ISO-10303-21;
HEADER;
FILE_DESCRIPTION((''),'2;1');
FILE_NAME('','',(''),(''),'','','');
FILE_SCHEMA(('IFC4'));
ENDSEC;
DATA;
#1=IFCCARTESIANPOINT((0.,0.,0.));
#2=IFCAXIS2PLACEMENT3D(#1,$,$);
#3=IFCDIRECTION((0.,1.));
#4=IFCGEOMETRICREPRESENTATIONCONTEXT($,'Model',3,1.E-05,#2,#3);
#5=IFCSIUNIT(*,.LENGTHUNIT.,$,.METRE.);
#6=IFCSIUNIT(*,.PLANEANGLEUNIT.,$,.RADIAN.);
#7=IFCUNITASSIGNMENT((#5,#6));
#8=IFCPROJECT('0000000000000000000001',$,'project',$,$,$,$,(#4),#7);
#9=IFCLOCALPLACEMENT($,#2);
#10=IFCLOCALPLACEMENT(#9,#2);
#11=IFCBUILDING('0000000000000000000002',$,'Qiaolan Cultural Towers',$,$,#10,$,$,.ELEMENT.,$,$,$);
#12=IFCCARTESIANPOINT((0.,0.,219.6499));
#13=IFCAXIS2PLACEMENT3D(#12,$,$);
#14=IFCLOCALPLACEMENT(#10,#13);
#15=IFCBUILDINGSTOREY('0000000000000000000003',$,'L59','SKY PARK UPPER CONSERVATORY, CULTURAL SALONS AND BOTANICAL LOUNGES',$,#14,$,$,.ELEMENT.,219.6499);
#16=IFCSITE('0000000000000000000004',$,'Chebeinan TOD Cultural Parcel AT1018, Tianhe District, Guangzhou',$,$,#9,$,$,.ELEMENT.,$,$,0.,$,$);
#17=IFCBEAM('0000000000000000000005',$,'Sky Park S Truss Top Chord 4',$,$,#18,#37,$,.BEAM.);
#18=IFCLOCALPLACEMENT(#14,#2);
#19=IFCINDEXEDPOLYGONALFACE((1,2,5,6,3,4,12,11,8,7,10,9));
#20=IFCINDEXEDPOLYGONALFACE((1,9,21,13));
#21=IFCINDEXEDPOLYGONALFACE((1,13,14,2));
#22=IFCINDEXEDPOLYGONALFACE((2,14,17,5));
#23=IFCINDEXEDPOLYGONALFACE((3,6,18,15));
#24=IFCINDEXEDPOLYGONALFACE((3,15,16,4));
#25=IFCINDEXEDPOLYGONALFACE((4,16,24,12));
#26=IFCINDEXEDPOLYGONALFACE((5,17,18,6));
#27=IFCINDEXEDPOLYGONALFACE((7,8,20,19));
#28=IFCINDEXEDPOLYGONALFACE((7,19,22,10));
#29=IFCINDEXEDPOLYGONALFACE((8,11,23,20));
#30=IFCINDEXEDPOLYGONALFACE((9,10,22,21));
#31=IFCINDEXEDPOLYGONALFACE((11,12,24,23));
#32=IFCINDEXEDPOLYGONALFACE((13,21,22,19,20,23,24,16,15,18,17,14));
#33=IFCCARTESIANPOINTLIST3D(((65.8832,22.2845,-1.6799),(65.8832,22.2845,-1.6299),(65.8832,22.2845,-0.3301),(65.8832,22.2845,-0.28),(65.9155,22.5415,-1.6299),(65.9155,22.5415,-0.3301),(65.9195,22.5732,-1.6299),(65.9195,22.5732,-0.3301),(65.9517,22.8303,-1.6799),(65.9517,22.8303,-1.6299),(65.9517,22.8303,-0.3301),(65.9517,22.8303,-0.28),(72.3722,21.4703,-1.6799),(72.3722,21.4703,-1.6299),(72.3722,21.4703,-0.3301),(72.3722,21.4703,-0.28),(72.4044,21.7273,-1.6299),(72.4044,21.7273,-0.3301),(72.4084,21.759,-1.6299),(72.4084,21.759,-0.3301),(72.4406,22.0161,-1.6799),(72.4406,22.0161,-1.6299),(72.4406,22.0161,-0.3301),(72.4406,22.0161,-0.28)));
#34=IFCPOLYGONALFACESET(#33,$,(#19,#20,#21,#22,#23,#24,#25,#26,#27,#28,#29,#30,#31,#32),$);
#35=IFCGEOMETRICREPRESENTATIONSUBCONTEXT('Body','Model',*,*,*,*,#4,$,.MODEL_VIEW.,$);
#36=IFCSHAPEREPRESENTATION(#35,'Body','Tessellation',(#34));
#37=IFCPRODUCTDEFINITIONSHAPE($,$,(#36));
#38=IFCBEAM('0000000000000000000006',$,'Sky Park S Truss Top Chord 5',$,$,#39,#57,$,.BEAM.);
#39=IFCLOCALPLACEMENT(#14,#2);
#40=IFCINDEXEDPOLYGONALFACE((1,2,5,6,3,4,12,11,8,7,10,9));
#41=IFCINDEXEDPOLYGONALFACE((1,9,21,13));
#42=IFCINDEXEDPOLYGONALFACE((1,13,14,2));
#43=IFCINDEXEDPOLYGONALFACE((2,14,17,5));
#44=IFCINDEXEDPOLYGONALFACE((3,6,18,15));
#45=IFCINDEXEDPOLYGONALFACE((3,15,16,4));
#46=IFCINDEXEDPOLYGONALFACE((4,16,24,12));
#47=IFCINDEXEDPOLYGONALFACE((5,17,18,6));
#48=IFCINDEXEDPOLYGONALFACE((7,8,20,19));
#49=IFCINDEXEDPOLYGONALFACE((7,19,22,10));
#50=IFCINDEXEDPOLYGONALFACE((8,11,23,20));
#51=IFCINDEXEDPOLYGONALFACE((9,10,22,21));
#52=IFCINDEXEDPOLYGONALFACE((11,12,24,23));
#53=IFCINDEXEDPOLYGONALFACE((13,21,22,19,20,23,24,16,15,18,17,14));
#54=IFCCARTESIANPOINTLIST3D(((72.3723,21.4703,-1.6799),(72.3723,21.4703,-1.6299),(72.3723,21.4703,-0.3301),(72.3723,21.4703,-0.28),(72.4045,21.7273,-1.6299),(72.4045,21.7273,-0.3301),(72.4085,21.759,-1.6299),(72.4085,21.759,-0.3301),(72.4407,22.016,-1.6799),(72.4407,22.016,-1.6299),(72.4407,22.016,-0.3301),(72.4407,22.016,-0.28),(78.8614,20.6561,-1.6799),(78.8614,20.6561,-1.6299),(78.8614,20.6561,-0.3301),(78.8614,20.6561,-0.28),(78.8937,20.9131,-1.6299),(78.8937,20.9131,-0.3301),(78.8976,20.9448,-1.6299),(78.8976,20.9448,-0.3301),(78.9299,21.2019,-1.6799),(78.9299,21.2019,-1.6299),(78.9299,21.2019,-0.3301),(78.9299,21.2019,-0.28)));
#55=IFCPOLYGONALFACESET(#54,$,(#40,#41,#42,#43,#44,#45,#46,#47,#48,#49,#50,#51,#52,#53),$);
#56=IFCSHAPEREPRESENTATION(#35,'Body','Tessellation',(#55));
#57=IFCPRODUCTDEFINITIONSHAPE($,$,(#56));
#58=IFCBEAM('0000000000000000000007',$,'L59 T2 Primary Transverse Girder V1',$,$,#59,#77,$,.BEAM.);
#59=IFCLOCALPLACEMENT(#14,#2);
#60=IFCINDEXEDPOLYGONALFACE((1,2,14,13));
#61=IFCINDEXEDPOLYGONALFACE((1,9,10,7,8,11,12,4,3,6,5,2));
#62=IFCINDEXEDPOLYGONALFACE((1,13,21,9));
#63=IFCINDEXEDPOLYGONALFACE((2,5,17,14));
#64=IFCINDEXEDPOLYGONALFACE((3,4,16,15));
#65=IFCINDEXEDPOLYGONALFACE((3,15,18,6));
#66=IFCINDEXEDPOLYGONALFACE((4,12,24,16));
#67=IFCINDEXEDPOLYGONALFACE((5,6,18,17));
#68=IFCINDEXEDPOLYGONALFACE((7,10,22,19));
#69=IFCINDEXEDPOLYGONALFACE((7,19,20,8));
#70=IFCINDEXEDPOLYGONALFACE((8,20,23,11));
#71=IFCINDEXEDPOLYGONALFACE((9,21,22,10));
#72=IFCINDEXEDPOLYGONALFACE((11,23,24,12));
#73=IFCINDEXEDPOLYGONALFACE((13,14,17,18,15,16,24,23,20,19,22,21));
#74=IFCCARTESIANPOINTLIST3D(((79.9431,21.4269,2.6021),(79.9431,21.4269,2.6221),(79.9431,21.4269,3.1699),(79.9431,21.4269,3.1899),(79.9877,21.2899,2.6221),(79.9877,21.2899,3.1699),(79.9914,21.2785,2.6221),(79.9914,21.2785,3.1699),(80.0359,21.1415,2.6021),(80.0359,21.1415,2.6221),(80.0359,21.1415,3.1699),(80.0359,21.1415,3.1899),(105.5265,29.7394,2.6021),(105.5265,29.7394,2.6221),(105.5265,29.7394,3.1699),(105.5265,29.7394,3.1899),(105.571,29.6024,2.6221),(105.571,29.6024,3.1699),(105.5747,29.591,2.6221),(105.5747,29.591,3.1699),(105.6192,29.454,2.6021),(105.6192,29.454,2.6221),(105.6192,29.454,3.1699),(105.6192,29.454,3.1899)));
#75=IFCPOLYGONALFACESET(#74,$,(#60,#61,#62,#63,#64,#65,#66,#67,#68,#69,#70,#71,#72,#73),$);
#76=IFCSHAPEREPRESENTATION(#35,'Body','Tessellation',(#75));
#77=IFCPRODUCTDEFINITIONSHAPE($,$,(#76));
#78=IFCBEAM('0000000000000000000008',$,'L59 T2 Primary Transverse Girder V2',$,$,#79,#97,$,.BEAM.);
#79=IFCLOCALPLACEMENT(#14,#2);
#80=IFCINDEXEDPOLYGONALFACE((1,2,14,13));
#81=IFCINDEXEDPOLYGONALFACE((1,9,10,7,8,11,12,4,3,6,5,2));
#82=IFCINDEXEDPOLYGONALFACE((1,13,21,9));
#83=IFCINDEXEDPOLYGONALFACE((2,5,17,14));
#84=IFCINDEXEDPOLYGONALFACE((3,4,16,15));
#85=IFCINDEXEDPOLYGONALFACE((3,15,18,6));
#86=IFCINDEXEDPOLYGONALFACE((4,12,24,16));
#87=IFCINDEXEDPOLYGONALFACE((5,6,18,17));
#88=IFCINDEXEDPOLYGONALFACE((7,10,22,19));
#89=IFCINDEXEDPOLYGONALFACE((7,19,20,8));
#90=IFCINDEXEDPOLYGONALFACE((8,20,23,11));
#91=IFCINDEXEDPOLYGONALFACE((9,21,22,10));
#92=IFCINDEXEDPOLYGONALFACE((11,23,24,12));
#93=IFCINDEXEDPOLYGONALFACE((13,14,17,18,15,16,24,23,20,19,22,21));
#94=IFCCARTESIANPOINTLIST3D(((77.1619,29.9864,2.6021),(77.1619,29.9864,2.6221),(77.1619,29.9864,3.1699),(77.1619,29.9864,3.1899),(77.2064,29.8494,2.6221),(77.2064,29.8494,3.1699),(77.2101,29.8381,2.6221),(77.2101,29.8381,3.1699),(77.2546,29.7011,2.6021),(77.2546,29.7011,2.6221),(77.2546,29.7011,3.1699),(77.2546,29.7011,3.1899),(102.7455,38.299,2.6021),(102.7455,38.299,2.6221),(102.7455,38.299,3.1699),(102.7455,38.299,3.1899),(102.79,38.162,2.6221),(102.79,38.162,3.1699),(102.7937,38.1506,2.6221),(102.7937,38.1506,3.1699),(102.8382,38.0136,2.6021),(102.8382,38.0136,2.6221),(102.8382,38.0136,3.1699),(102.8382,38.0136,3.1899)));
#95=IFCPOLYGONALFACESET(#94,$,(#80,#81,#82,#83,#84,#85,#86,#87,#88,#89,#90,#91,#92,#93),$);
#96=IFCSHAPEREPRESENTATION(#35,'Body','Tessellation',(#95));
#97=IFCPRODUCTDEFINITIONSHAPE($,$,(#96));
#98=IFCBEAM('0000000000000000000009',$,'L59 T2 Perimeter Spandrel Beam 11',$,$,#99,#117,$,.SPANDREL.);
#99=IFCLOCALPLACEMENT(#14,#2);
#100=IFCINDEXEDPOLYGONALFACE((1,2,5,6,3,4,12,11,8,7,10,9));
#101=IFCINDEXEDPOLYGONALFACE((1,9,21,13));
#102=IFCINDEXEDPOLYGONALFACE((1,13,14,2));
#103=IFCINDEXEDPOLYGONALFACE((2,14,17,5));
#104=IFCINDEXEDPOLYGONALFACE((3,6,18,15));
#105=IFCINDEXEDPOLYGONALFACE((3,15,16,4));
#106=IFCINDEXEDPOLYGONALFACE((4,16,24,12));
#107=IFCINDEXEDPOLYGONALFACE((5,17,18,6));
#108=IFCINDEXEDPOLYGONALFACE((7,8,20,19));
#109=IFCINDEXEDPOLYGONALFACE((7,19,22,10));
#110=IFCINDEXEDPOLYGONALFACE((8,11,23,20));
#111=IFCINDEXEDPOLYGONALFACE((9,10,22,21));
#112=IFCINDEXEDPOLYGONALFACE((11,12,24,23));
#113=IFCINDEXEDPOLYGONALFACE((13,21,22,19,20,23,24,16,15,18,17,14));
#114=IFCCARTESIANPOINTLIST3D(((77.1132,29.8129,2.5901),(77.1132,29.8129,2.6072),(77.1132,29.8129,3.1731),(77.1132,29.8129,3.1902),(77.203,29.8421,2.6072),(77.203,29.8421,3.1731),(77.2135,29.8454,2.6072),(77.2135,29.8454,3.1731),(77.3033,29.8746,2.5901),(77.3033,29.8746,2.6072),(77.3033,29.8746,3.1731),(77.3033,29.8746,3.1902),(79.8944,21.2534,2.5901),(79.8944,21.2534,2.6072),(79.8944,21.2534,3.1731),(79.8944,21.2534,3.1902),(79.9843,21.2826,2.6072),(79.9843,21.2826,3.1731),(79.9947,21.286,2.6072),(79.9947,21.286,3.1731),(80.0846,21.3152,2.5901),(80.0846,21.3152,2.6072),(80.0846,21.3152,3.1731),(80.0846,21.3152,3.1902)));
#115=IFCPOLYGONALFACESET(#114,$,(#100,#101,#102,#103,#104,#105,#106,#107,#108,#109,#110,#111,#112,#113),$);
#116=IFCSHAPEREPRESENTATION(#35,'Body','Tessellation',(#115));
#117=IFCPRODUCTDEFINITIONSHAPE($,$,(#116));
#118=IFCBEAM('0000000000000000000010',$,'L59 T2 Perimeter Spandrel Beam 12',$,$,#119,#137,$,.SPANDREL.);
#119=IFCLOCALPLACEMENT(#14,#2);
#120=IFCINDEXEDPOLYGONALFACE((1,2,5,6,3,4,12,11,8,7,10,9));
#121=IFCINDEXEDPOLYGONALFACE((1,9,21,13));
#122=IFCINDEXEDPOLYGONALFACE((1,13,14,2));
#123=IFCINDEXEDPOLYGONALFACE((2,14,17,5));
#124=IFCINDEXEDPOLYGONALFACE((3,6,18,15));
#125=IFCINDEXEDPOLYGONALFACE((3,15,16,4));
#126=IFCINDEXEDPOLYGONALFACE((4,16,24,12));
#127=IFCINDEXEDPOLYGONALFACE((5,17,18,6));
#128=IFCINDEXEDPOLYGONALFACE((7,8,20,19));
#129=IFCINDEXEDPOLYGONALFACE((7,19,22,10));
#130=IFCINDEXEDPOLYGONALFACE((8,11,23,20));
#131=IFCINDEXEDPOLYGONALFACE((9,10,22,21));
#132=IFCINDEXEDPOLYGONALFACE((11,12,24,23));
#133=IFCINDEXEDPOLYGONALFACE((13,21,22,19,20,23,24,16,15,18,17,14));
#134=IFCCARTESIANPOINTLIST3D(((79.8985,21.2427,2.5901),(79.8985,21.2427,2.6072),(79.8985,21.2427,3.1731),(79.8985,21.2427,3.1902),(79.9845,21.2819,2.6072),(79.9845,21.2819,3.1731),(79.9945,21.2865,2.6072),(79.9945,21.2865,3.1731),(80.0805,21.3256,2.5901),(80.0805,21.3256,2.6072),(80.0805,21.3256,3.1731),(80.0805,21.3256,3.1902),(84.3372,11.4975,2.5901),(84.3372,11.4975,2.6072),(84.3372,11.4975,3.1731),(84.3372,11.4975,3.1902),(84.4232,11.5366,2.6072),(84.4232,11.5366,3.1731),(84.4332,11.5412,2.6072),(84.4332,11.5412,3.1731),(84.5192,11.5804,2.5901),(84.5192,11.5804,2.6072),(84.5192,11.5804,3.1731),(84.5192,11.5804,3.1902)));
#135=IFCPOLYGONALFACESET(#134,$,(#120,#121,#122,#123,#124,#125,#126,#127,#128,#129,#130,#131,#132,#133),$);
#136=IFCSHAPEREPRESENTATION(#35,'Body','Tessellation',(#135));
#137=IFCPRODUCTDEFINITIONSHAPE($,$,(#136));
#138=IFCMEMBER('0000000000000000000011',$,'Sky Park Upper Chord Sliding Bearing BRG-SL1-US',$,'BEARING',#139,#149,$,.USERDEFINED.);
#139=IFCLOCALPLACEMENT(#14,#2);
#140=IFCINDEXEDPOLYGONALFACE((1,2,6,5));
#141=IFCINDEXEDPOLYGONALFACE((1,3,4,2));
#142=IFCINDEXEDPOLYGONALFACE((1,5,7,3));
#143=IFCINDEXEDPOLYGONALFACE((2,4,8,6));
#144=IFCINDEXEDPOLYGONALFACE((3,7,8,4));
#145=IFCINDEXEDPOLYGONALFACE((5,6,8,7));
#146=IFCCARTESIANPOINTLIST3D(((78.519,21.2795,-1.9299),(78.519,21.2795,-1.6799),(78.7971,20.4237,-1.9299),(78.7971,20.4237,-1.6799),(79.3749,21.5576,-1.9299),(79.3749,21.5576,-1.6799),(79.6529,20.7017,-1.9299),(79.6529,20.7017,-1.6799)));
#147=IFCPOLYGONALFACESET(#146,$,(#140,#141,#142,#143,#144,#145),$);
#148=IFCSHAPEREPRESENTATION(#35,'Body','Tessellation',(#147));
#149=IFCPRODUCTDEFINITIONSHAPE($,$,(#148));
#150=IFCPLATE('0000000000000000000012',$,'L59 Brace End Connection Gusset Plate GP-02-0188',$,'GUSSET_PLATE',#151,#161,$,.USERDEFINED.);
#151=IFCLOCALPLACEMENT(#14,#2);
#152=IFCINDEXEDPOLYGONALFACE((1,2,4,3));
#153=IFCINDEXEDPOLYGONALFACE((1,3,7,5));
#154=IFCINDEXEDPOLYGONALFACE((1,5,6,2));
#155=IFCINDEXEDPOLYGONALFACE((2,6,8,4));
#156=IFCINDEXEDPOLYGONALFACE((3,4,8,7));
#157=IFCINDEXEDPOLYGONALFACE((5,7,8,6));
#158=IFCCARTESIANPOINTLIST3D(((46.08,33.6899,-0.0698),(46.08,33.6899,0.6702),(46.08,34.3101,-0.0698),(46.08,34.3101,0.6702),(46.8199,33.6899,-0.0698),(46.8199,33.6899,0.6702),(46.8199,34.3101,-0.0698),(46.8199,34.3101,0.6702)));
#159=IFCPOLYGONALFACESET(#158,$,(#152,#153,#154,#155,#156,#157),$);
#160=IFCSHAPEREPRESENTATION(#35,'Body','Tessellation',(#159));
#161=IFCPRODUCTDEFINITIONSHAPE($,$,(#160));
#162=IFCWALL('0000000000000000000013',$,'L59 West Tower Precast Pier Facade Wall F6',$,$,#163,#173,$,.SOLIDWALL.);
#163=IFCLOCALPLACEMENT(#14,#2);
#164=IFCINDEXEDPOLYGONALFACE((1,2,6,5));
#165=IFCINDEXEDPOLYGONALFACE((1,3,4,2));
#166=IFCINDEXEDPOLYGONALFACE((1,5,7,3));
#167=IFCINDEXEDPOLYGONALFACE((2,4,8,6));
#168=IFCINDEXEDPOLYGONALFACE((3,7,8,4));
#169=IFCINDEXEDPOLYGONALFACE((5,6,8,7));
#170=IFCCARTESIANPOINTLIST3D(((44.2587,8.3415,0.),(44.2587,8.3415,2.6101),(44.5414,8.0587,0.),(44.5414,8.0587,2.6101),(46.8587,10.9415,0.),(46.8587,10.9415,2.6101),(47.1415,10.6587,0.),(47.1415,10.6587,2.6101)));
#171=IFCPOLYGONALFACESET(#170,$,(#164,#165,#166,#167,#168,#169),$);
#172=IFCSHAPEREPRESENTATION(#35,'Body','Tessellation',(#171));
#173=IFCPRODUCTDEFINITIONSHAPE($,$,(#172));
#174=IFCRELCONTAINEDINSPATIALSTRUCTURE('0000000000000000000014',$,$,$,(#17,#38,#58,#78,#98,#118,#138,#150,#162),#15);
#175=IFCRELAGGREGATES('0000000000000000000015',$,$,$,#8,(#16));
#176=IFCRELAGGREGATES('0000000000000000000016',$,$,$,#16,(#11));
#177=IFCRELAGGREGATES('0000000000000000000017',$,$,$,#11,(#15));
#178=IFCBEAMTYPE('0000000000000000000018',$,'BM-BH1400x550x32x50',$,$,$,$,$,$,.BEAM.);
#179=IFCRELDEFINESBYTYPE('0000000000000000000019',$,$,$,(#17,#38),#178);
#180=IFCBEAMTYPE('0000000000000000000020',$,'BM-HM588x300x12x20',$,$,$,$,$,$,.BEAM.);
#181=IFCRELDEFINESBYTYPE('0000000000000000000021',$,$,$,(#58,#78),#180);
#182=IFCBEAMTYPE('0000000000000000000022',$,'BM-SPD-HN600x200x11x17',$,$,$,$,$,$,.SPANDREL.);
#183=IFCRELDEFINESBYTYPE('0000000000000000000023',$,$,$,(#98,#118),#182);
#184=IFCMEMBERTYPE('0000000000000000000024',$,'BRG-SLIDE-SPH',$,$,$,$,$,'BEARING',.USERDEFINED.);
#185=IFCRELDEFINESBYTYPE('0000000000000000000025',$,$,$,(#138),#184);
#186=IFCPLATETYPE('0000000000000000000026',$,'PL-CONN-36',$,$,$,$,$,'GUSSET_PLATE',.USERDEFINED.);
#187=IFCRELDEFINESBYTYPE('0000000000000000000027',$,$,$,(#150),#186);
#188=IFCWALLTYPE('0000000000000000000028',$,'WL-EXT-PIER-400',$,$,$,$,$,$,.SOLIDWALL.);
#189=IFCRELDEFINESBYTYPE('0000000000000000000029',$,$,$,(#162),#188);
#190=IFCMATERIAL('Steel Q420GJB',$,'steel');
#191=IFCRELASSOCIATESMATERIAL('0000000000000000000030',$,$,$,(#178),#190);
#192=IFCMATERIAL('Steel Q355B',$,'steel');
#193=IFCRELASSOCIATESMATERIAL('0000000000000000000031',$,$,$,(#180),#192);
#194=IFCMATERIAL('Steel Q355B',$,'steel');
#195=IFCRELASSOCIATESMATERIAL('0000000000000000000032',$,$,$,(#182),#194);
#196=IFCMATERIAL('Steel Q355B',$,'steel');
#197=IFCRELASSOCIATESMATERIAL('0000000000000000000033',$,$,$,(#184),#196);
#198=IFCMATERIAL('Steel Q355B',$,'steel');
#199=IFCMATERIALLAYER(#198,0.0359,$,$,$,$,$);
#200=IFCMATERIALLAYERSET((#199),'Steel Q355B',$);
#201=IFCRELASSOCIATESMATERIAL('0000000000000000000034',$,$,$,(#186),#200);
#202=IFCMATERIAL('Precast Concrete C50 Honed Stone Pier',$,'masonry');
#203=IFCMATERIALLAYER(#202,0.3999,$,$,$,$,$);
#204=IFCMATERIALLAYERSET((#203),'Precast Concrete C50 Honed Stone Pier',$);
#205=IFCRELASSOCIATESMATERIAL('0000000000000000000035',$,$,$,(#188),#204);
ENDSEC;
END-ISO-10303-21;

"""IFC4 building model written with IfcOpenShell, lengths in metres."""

from ifc_helpers import new_model, si_unit, direction, frame, frame_2d, origin, origin_2d, place, context, subcontext, project, spatial, rectangle, i_section, extrude, material, layer, layer_set, material_profile, profile_set, type_object, element, save


model = new_model("IFC4")

# Units and contexts
model_context = context("Model", 3, precision=1e-05, world=origin(), true_north=direction((0.0, 1.0)))
body_context = subcontext(model_context, "Body", "Model", "MODEL_VIEW")
ifc_project = project(units=[si_unit("LENGTHUNIT", "METRE"), si_unit("PLANEANGLEUNIT", "RADIAN")], contexts=[model_context])

# Site, building, storey
site_placement = place(None, origin())
site = spatial("IfcSite", under=ifc_project, at=site_placement, Name="Chebeinan TOD Cultural Parcel AT1018, Tianhe District, Guangzhou", CompositionType="ELEMENT", RefElevation=0.0)
building_placement = place(site_placement, origin())
building = spatial("IfcBuilding", under=site, at=building_placement, Name="Qiaolan Cultural Towers", CompositionType="ELEMENT")
storey_placement = place(building_placement, frame((0.0, 0.0, 219.6499)))
storey = spatial("IfcBuildingStorey", under=building, at=storey_placement, Name="L59", Description="SKY PARK UPPER CONSERVATORY, CULTURAL SALONS AND BOTANICAL LOUNGES", CompositionType="ELEMENT", Elevation=219.6499)

# Beams
ifc_material_1 = material(Name="Steel Q420GJB", Category="steel")
ifc_material_profile_1 = material_profile(ifc_material_1, i_section(OverallWidth=0.55, OverallDepth=1.3999, WebThickness=0.032, FlangeThickness=0.05, at=origin_2d()), Name="BH1400x550x32x50")
ifc_profile_set_1 = profile_set([ifc_material_profile_1], Name="Steel Q420GJB")
beam_type_1 = type_object("IfcBeamType", Name="BM-BH1400x550x32x50", PredefinedType="BEAM", material=ifc_profile_set_1)
beam_1_placement = place(storey_placement, frame((65.9175, 22.5574, -0.98), z_axis=(0.99222, -0.124499, 0.0), x_axis=(0.124499, 0.99222, 0.0)))
element("IfcBeam", 1, at=beam_1_placement, inside=storey, type_object=beam_type_1, Name="Sky Park S Truss Top Chord 4", PredefinedType="BEAM", context=body_context, shape_type="SweptSolid", body=[
    extrude(i_section(OverallWidth=0.55, OverallDepth=1.3999, WebThickness=0.032, FlangeThickness=0.05, at=origin_2d()), origin(), (0.0, 0.0, 1.0), 6.5398),
])
beam_2_placement = place(storey_placement, frame((72.4065, 21.7432, -0.98), z_axis=(0.99222, -0.124494, 0.0), x_axis=(0.124494, 0.99222, 0.0)))
element("IfcBeam", 2, at=beam_2_placement, inside=storey, type_object=beam_type_1, Name="Sky Park S Truss Top Chord 5", PredefinedType="BEAM", context=body_context, shape_type="SweptSolid", body=[
    extrude(i_section(OverallWidth=0.55, OverallDepth=1.3999, WebThickness=0.032, FlangeThickness=0.05, at=origin_2d()), origin(), (0.0, 0.0, 1.0), 6.54),
])
ifc_material_2 = material(Name="Steel Q355B", Category="steel")
ifc_material_profile_2 = material_profile(ifc_material_2, i_section(OverallWidth=0.3, OverallDepth=0.5879, WebThickness=0.012, FlangeThickness=0.02, at=origin_2d()), Name="HM588x300x12x20")
ifc_profile_set_2 = profile_set([ifc_material_profile_2], Name="Steel Q355B")
beam_type_2 = type_object("IfcBeamType", Name="BM-HM588x300x12x20", PredefinedType="BEAM", material=ifc_profile_set_2)
beam_3_placement = place(storey_placement, frame((79.9895, 21.2842, 2.896), z_axis=(0.951057, 0.309017, 0.0), x_axis=(-0.309017, 0.951057, 0.0)))
element("IfcBeam", 3, at=beam_3_placement, inside=storey, type_object=beam_type_2, Name="L59 T2 Primary Transverse Girder V1", PredefinedType="BEAM", context=body_context, shape_type="SweptSolid", body=[
    extrude(i_section(OverallWidth=0.3, OverallDepth=0.5879, WebThickness=0.012, FlangeThickness=0.02, at=origin_2d()), origin(), (0.0, 0.0, 1.0), 26.8999),
])
beam_4_placement = place(storey_placement, frame((77.2083, 29.8438, 2.896), z_axis=(0.951057, 0.309014, 0.0), x_axis=(-0.309014, 0.951057, 0.0)))
element("IfcBeam", 4, at=beam_4_placement, inside=storey, type_object=beam_type_2, Name="L59 T2 Primary Transverse Girder V2", PredefinedType="BEAM", context=body_context, shape_type="SweptSolid", body=[
    extrude(i_section(OverallWidth=0.3, OverallDepth=0.5879, WebThickness=0.012, FlangeThickness=0.02, at=origin_2d()), origin(), (0.0, 0.0, 1.0), 26.9001),
])
ifc_material_3 = material(Name="Steel Q355B", Category="steel")
ifc_material_profile_3 = material_profile(ifc_material_3, i_section(OverallWidth=0.2, OverallDepth=0.6001, WebThickness=0.011, FlangeThickness=0.0171, at=origin_2d()), Name="HN600x200x11x17")
ifc_profile_set_3 = profile_set([ifc_material_profile_3], Name="Steel Q355B")
beam_type_3 = type_object("IfcBeamType", Name="BM-SPD-HN600x200x11x17", PredefinedType="SPANDREL", material=ifc_profile_set_3)
beam_5_placement = place(storey_placement, frame((77.2083, 29.8438, 2.8901), z_axis=(0.309025, -0.951054, 0.0), x_axis=(0.951054, 0.309025, 0.0)))
element("IfcBeam", 5, at=beam_5_placement, inside=storey, type_object=beam_type_3, Name="L59 T2 Perimeter Spandrel Beam 11", PredefinedType="SPANDREL", context=body_context, shape_type="SweptSolid", body=[
    extrude(i_section(OverallWidth=0.2, OverallDepth=0.6001, WebThickness=0.011, FlangeThickness=0.0171, at=origin_2d()), origin(), (0.0, 0.0, 1.0), 9.0),
])
beam_6_placement = place(storey_placement, frame((79.9895, 21.2842, 2.8901), z_axis=(0.4145, -0.910049, 0.0), x_axis=(0.910049, 0.4145, 0.0)))
element("IfcBeam", 6, at=beam_6_placement, inside=storey, type_object=beam_type_3, Name="L59 T2 Perimeter Spandrel Beam 12", PredefinedType="SPANDREL", context=body_context, shape_type="SweptSolid", body=[
    extrude(i_section(OverallWidth=0.2, OverallDepth=0.6001, WebThickness=0.011, FlangeThickness=0.0171, at=origin_2d()), origin(), (0.0, 0.0, 1.0), 10.7085),
])

# Member
ifc_material_4 = material(Name="Steel Q355B", Category="steel")
ifc_material_profile_4 = material_profile(ifc_material_4, rectangle(XDim=0.8999, YDim=0.25, at=origin_2d()), Name="SPH-BRG-900x900")
ifc_profile_set_4 = profile_set([ifc_material_profile_4], Name="Steel Q355B")
member_type = type_object("IfcMemberType", Name="BRG-SLIDE-SPH", ElementType="BEARING", PredefinedType="USERDEFINED", material=ifc_profile_set_4)
member_placement = place(storey_placement, frame((79.5139, 21.1296, -1.8049), z_axis=(-0.95107, -0.308976, 0.0), x_axis=(0.308976, -0.95107, 0.0)))
element("IfcMember", 7, at=member_placement, inside=storey, type_object=member_type, Name="Sky Park Upper Chord Sliding Bearing BRG-SL1-US", ObjectType="BEARING", PredefinedType="USERDEFINED", context=body_context, shape_type="SweptSolid", body=[
    extrude(rectangle(XDim=0.8999, YDim=0.25, at=origin_2d()), origin(), (0.0, 0.0, 1.0), 0.8999),
])

# Plate
ifc_material_5 = material(Name="Steel Q355B", Category="steel")
ifc_layer_1 = layer(ifc_material_5, 0.0359)
ifc_layer_set_1 = layer_set([ifc_layer_1], Name="Steel Q355B")
plate_type = type_object("IfcPlateType", Name="PL-CONN-36", ElementType="GUSSET_PLATE", PredefinedType="USERDEFINED", material=ifc_layer_set_1)
plate_placement = place(storey_placement, frame((46.45, 34.0, -0.0698), z_axis=(0.0, 0.0, 1.0), x_axis=(1.0, 0.0, 0.0)))
element("IfcPlate", 8, at=plate_placement, inside=storey, type_object=plate_type, Name="L59 Brace End Connection Gusset Plate GP-02-0188", ObjectType="GUSSET_PLATE", PredefinedType="USERDEFINED", context=body_context, shape_type="SweptSolid", body=[
    extrude(rectangle(XDim=0.74, YDim=0.6201, at=origin_2d()), origin(), (0.0, 0.0, 1.0), 0.74),
])

# Wall
ifc_material_6 = material(Name="Precast Concrete C50 Honed Stone Pier", Category="masonry")
ifc_layer_2 = layer(ifc_material_6, 0.3999)
ifc_layer_set_2 = layer_set([ifc_layer_2], Name="Precast Concrete C50 Honed Stone Pier")
wall_type_1 = type_object("IfcWallType", Name="WL-EXT-PIER-400", PredefinedType="SOLIDWALL", material=ifc_layer_set_2)
wall_1_placement = place(storey_placement, frame((47.0, 10.8, 0.0), z_axis=(0.0, 0.0, 1.0), x_axis=(-0.707107, -0.707107, 0.0)))
element("IfcWall", 9, at=wall_1_placement, inside=storey, type_object=wall_type_1, Name="L59 West Tower Precast Pier Facade Wall F6", PredefinedType="SOLIDWALL", context=body_context, shape_type="SweptSolid", body=[
    extrude(rectangle(XDim=3.677, YDim=0.3999, at=frame_2d((1.8384, 0.0))), origin(), (0.0, 0.0, 1.0), 2.6101),
])

save(model, "model.ifc")
